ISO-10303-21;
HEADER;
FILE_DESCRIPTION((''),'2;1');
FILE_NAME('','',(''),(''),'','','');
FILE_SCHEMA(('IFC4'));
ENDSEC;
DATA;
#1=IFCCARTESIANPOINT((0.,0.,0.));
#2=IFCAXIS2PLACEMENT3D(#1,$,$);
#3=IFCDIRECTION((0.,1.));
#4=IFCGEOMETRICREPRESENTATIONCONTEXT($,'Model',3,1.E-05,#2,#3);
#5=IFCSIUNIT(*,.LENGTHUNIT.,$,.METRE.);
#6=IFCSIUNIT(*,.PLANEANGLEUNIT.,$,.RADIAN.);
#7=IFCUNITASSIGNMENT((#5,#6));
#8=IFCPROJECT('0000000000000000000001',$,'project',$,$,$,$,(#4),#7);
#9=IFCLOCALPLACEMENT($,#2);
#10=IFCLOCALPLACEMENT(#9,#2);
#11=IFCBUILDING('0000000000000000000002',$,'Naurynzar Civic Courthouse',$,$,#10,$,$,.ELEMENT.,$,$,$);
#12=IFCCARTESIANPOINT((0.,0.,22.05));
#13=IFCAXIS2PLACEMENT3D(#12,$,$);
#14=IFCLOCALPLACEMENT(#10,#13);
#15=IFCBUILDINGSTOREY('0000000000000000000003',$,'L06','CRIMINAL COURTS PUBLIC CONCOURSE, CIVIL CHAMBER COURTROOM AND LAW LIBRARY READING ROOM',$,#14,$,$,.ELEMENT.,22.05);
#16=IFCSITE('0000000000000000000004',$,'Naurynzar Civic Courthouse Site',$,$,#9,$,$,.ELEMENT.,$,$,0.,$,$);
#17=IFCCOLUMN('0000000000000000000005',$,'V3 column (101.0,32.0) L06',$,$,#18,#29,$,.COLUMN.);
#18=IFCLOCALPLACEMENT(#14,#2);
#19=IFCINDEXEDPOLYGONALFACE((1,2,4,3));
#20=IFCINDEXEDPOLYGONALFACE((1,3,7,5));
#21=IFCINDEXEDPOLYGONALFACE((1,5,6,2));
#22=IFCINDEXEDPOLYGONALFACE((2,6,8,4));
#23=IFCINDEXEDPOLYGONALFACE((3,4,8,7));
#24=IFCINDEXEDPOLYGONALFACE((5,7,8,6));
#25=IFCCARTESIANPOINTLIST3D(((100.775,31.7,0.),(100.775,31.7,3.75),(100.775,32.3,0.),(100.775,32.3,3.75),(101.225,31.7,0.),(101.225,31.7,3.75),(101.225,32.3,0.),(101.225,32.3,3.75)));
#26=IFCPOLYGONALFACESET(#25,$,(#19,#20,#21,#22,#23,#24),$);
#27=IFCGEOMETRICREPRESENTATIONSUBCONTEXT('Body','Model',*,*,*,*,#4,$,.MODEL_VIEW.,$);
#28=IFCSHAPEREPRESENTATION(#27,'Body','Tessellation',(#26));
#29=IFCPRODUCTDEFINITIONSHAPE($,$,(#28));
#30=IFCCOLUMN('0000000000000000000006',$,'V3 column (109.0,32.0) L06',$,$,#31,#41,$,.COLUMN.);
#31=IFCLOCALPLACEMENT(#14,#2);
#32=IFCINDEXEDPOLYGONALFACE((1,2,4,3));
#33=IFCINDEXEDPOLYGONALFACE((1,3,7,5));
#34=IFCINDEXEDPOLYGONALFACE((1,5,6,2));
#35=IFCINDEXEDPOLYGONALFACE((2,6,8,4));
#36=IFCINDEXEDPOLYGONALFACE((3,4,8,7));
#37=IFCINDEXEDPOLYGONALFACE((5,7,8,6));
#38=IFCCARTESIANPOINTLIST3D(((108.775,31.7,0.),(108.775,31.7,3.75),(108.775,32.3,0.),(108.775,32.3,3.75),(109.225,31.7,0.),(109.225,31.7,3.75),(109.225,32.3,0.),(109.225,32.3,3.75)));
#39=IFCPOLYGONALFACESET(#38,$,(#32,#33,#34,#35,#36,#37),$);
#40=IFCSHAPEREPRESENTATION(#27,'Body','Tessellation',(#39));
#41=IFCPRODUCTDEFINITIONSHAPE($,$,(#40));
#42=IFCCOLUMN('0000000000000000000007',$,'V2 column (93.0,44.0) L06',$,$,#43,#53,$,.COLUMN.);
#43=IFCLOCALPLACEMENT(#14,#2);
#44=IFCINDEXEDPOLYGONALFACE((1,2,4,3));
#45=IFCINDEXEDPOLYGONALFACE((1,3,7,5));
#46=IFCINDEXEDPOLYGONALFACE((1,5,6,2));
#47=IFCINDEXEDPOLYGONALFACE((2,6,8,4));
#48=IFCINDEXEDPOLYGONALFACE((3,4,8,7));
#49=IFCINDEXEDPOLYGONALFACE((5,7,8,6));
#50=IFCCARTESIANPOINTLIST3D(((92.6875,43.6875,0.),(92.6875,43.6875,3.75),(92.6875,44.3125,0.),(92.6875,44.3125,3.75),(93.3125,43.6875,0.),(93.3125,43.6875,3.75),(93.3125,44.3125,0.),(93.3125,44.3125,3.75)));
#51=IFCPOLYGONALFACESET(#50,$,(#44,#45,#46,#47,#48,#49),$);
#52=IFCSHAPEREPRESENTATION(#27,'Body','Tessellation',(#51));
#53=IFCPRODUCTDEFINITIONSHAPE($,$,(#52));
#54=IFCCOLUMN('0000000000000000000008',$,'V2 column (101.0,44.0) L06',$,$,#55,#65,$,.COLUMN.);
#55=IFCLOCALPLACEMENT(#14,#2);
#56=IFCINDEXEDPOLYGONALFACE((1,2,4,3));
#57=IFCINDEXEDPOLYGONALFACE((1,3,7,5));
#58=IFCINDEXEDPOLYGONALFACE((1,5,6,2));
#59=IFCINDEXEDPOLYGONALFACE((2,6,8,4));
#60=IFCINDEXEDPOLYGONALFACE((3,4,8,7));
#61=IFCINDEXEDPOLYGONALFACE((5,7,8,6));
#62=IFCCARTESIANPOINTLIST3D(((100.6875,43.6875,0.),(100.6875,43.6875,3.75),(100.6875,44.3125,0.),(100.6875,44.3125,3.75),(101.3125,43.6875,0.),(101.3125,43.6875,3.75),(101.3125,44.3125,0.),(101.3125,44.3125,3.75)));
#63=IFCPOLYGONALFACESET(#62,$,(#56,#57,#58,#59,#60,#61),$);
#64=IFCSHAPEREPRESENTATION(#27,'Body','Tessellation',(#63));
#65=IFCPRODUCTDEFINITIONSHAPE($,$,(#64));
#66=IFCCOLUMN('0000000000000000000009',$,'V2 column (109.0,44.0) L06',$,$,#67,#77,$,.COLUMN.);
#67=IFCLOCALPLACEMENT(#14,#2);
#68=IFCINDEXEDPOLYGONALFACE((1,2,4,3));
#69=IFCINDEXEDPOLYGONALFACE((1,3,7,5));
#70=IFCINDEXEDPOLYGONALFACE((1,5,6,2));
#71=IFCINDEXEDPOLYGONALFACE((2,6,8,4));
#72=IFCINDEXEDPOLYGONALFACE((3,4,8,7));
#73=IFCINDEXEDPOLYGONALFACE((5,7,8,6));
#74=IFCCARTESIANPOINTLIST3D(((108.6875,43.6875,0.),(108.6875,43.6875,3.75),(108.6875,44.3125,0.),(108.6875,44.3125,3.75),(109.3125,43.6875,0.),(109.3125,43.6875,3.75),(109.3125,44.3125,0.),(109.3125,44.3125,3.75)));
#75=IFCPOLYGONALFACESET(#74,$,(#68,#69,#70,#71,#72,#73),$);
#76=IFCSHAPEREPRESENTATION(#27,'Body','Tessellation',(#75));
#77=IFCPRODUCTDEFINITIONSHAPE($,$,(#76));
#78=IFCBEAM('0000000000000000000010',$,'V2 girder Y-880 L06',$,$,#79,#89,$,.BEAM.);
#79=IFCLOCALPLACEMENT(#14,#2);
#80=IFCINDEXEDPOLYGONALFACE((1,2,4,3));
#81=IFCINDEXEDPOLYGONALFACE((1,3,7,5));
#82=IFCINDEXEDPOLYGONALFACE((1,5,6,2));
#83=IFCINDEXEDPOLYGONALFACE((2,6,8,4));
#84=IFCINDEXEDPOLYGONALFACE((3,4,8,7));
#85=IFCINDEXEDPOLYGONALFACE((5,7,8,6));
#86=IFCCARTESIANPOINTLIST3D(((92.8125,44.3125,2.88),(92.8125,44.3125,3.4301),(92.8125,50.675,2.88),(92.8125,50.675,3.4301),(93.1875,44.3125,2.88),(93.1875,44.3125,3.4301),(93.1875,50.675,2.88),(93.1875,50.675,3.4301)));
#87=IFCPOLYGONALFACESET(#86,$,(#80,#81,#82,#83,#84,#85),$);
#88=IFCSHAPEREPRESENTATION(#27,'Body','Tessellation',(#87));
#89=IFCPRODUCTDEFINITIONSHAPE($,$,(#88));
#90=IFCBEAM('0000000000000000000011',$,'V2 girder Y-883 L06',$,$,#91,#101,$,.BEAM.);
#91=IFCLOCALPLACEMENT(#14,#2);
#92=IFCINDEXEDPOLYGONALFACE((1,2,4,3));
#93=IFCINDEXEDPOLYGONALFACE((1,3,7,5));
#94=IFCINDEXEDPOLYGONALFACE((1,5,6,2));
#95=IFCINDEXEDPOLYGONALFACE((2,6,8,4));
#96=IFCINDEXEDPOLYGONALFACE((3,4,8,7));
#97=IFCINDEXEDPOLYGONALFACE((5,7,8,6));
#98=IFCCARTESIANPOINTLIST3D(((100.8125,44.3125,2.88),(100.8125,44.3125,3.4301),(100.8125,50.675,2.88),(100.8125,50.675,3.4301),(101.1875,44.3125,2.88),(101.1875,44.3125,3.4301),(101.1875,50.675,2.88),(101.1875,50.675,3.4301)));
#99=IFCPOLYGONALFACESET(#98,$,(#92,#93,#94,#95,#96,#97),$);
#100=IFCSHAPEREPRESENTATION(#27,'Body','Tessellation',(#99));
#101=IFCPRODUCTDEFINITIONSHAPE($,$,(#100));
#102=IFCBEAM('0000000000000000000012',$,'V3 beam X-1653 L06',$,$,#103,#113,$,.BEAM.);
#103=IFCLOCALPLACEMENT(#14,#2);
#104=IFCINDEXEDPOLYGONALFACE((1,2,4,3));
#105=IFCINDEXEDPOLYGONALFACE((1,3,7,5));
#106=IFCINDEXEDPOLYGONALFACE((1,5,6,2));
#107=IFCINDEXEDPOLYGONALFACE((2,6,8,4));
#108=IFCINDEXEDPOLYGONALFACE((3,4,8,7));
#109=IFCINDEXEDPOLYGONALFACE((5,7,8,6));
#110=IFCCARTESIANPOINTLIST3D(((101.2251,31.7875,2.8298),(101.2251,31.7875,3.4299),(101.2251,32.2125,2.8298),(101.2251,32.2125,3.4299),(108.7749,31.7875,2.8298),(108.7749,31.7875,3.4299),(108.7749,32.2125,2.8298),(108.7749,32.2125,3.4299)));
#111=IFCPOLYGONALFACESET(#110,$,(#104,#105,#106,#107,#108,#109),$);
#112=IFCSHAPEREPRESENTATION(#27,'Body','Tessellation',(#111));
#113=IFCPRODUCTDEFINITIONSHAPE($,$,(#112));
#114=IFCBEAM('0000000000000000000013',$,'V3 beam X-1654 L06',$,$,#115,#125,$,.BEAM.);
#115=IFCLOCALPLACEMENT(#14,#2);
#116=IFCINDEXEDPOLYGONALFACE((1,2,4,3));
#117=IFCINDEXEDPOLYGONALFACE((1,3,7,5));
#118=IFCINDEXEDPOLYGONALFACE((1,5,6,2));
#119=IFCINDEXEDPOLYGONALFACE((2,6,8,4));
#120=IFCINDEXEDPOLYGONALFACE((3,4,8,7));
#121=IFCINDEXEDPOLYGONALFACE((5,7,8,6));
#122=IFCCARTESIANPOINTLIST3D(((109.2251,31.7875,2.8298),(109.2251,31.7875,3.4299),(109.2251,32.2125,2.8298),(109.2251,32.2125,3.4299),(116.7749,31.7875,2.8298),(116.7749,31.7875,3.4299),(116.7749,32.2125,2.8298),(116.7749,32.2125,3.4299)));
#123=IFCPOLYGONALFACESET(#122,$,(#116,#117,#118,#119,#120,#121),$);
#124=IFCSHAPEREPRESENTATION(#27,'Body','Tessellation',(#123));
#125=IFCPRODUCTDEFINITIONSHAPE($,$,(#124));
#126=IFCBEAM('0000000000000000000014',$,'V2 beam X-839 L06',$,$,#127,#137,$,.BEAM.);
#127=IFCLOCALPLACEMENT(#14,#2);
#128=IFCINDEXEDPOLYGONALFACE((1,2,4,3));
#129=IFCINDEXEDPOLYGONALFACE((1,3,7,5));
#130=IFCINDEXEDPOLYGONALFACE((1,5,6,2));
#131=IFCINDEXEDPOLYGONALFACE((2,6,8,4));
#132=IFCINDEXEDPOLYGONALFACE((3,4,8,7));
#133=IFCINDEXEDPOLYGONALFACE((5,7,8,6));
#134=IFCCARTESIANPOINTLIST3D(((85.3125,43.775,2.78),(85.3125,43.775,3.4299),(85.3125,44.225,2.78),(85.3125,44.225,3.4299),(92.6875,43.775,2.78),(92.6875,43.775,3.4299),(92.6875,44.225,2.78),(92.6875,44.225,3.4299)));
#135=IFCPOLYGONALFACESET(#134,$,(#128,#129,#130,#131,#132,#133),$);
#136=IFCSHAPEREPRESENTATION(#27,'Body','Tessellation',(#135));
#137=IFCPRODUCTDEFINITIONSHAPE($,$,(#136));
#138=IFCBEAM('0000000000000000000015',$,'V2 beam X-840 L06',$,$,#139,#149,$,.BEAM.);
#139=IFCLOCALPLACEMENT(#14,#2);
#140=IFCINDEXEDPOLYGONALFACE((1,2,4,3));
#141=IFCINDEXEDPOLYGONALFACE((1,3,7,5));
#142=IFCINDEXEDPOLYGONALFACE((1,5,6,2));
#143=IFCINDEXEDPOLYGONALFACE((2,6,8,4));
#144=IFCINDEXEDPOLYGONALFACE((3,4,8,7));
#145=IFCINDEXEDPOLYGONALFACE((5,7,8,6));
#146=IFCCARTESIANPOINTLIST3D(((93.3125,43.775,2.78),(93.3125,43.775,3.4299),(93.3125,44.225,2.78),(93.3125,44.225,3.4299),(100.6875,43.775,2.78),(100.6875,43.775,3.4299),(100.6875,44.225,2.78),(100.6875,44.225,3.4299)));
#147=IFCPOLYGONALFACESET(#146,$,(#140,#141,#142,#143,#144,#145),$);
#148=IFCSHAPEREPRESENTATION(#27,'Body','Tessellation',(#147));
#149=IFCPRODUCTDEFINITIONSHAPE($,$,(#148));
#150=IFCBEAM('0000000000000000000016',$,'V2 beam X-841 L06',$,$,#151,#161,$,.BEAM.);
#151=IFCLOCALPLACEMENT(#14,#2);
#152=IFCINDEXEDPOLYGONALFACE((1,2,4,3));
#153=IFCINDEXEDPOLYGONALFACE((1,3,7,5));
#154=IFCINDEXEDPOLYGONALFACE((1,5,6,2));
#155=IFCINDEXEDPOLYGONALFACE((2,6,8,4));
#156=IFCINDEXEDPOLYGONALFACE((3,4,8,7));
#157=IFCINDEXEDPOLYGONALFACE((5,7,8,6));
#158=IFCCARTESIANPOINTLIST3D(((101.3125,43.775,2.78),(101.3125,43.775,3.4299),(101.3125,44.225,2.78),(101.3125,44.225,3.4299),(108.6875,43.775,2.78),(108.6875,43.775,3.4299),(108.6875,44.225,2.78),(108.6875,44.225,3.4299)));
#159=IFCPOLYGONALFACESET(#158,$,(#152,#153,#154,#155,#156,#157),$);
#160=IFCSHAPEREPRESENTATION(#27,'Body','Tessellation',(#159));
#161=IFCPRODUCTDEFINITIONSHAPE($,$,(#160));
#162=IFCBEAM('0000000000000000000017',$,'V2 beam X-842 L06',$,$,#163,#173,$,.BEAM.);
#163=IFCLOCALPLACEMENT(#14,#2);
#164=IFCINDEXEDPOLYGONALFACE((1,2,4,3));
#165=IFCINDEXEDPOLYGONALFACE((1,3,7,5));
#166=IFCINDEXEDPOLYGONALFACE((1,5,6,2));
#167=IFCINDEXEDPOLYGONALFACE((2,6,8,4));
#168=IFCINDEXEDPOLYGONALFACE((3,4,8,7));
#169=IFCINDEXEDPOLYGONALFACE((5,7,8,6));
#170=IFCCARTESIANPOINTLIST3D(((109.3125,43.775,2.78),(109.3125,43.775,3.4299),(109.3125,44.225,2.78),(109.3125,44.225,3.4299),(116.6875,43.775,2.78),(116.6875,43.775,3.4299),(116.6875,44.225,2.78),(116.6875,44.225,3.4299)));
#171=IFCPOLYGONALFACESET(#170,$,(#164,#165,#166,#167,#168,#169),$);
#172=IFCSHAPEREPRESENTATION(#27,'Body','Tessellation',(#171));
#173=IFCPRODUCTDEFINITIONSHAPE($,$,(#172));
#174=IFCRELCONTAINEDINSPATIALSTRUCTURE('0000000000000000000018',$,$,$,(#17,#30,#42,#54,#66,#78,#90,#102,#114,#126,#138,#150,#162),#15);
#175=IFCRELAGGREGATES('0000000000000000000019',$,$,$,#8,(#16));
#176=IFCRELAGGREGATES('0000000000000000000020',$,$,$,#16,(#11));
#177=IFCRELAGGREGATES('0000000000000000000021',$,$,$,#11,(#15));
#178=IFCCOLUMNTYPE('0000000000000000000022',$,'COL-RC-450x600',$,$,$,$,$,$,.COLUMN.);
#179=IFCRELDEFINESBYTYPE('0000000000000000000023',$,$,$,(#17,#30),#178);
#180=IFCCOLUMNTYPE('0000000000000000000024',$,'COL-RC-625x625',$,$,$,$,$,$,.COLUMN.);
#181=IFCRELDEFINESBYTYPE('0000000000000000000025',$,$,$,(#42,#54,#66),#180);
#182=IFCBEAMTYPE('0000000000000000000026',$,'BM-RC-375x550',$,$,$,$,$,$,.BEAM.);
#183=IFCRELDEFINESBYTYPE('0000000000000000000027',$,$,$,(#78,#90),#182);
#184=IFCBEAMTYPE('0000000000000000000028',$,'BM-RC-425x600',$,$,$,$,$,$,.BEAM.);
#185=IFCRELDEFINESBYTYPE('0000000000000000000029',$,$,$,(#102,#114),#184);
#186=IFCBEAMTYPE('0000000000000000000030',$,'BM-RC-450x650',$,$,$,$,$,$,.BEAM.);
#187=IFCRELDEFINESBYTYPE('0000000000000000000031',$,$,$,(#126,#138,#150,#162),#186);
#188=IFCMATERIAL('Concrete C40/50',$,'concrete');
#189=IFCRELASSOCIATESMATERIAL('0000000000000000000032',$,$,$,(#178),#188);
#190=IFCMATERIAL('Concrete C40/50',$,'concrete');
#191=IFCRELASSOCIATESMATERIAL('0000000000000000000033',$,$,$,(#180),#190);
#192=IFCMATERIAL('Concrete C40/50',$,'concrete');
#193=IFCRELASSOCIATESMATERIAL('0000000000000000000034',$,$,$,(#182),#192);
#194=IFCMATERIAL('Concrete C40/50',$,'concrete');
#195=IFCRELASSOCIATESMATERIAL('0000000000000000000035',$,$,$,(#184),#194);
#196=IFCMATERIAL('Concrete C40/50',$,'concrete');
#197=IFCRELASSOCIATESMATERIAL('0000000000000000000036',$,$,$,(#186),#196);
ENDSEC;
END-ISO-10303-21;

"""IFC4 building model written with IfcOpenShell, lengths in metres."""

from ifc_helpers import new_model, si_unit, direction, frame, origin, origin_2d, place, context, subcontext, project, spatial, rectangle, extrude, material, material_profile, profile_set, type_object, element, save


model = new_model("IFC4")

# Units and contexts
model_context = context("Model", 3, precision=1e-05, world=origin(), true_north=direction((0.0, 1.0)))
body_context = subcontext(model_context, "Body", "Model", "MODEL_VIEW")
ifc_project = project(units=[si_unit("LENGTHUNIT", "METRE"), si_unit("PLANEANGLEUNIT", "RADIAN")], contexts=[model_context])

# Site, building, storey
site_placement = place(None, origin())
site = spatial("IfcSite", under=ifc_project, at=site_placement, Name="Naurynzar Civic Courthouse Site", CompositionType="ELEMENT", RefElevation=0.0)
building_placement = place(site_placement, origin())
building = spatial("IfcBuilding", under=site, at=building_placement, Name="Naurynzar Civic Courthouse", CompositionType="ELEMENT")
storey_placement = place(building_placement, frame((0.0, 0.0, 22.05)))
storey = spatial("IfcBuildingStorey", under=building, at=storey_placement, Name="L06", Description="CRIMINAL COURTS PUBLIC CONCOURSE, CIVIL CHAMBER COURTROOM AND LAW LIBRARY READING ROOM", CompositionType="ELEMENT", Elevation=22.05)

# Columns
ifc_material_1 = material(Name="Concrete C40/50", Category="concrete")
ifc_material_profile_1 = material_profile(ifc_material_1, rectangle(XDim=0.45, YDim=0.6001, at=origin_2d()), Name="RC 450x600")
ifc_profile_set_1 = profile_set([ifc_material_profile_1], Name="Concrete C40/50")
column_type_1 = type_object("IfcColumnType", Name="COL-RC-450x600", PredefinedType="COLUMN", material=ifc_profile_set_1)
for number, where, z_axis, x_axis, name in (
    (1, (101.0, 32.0, 0.0), (0.0, 0.0, 1.0), (1.0, 0.0, 0.0), "V3 column (101.0,32.0) L06"),
    (2, (109.0, 32.0, 0.0), (0.0, 0.0, 1.0), (1.0, 0.0, 0.0), "V3 column (109.0,32.0) L06"),
):
    element("IfcColumn", number, at=place(storey_placement, frame(where, z_axis=z_axis, x_axis=x_axis)), inside=storey, type_object=column_type_1, Name=name, PredefinedType="COLUMN", context=body_context, shape_type="SweptSolid", body=[
        extrude(rectangle(XDim=0.45, YDim=0.6001, at=origin_2d()), origin(), (0.0, 0.0, 1.0), 3.75),
    ])
ifc_material_2 = material(Name="Concrete C40/50", Category="concrete")
ifc_material_profile_2 = material_profile(ifc_material_2, rectangle(XDim=0.625, YDim=0.625, at=origin_2d()), Name="RC 625x625")
ifc_profile_set_2 = profile_set([ifc_material_profile_2], Name="Concrete C40/50")
column_type_2 = type_object("IfcColumnType", Name="COL-RC-625x625", PredefinedType="COLUMN", material=ifc_profile_set_2)
for number, where, z_axis, x_axis, name in (
    (3, (93.0, 44.0, 0.0), (0.0, 0.0, 1.0), (1.0, 0.0, 0.0), "V2 column (93.0,44.0) L06"),
    (4, (101.0, 44.0, 0.0), (0.0, 0.0, 1.0), (1.0, 0.0, 0.0), "V2 column (101.0,44.0) L06"),
    (5, (109.0, 44.0, 0.0), (0.0, 0.0, 1.0), (1.0, 0.0, 0.0), "V2 column (109.0,44.0) L06"),
):
    element("IfcColumn", number, at=place(storey_placement, frame(where, z_axis=z_axis, x_axis=x_axis)), inside=storey, type_object=column_type_2, Name=name, PredefinedType="COLUMN", context=body_context, shape_type="SweptSolid", body=[
        extrude(rectangle(XDim=0.625, YDim=0.625, at=origin_2d()), origin(), (0.0, 0.0, 1.0), 3.75),
    ])

# Beams
ifc_material_3 = material(Name="Concrete C40/50", Category="concrete")
ifc_material_profile_3 = material_profile(ifc_material_3, rectangle(XDim=0.375, YDim=0.55, at=origin_2d()), Name="RCB 375x550")
ifc_profile_set_3 = profile_set([ifc_material_profile_3], Name="Concrete C40/50")
beam_type_1 = type_object("IfcBeamType", Name="BM-RC-375x550", PredefinedType="BEAM", material=ifc_profile_set_3)
for number, where, z_axis, x_axis, name in (
    (6, (93.0, 44.3125, 3.155), (0.0, 1.0, 0.0), (-1.0, 0.0, 0.0), "V2 girder Y-880 L06"),
    (7, (101.0, 44.3125, 3.155), (0.0, 1.0, 0.0), (-1.0, 0.0, 0.0), "V2 girder Y-883 L06"),
):
    element("IfcBeam", number, at=place(storey_placement, frame(where, z_axis=z_axis, x_axis=x_axis)), inside=storey, type_object=beam_type_1, Name=name, PredefinedType="BEAM", context=body_context, shape_type="SweptSolid", body=[
        extrude(rectangle(XDim=0.375, YDim=0.55, at=origin_2d()), origin(), (0.0, 0.0, 1.0), 6.3625),
    ])
ifc_material_4 = material(Name="Concrete C40/50", Category="concrete")
ifc_material_profile_4 = material_profile(ifc_material_4, rectangle(XDim=0.425, YDim=0.6001, at=origin_2d()), Name="RCB 425x600")
ifc_profile_set_4 = profile_set([ifc_material_profile_4], Name="Concrete C40/50")
beam_type_2 = type_object("IfcBeamType", Name="BM-RC-425x600", PredefinedType="BEAM", material=ifc_profile_set_4)
for number, where, z_axis, x_axis, name in (
    (8, (101.2251, 32.0, 3.1299), (1.0, 0.0, 0.0), (0.0, 1.0, 0.0), "V3 beam X-1653 L06"),
    (9, (109.2251, 32.0, 3.1299), (1.0, 0.0, 0.0), (0.0, 1.0, 0.0), "V3 beam X-1654 L06"),
):
    element("IfcBeam", number, at=place(storey_placement, frame(where, z_axis=z_axis, x_axis=x_axis)), inside=storey, type_object=beam_type_2, Name=name, PredefinedType="BEAM", context=body_context, shape_type="SweptSolid", body=[
        extrude(rectangle(XDim=0.425, YDim=0.6001, at=origin_2d()), origin(), (0.0, 0.0, 1.0), 7.5498),
    ])
ifc_material_5 = material(Name="Concrete C40/50", Category="concrete")
ifc_material_profile_5 = material_profile(ifc_material_5, rectangle(XDim=0.45, YDim=0.6499, at=origin_2d()), Name="RCB 450x650")
ifc_profile_set_5 = profile_set([ifc_material_profile_5], Name="Concrete C40/50")
beam_type_3 = type_object("IfcBeamType", Name="BM-RC-450x650", PredefinedType="BEAM", material=ifc_profile_set_5)
for number, where, z_axis, x_axis, name in (
    (10, (85.3125, 44.0, 3.105), (1.0, 0.0, 0.0), (0.0, 1.0, 0.0), "V2 beam X-839 L06"),
    (11, (93.3125, 44.0, 3.105), (1.0, 0.0, 0.0), (0.0, 1.0, 0.0), "V2 beam X-840 L06"),
    (12, (101.3125, 44.0, 3.105), (1.0, 0.0, 0.0), (0.0, 1.0, 0.0), "V2 beam X-841 L06"),
    (13, (109.3125, 44.0, 3.105), (1.0, 0.0, 0.0), (0.0, 1.0, 0.0), "V2 beam X-842 L06"),
):
    element("IfcBeam", number, at=place(storey_placement, frame(where, z_axis=z_axis, x_axis=x_axis)), inside=storey, type_object=beam_type_3, Name=name, PredefinedType="BEAM", context=body_context, shape_type="SweptSolid", body=[
        extrude(rectangle(XDim=0.45, YDim=0.6499, at=origin_2d()), origin(), (0.0, 0.0, 1.0), 7.375),
    ])

save(model, "model.ifc")
